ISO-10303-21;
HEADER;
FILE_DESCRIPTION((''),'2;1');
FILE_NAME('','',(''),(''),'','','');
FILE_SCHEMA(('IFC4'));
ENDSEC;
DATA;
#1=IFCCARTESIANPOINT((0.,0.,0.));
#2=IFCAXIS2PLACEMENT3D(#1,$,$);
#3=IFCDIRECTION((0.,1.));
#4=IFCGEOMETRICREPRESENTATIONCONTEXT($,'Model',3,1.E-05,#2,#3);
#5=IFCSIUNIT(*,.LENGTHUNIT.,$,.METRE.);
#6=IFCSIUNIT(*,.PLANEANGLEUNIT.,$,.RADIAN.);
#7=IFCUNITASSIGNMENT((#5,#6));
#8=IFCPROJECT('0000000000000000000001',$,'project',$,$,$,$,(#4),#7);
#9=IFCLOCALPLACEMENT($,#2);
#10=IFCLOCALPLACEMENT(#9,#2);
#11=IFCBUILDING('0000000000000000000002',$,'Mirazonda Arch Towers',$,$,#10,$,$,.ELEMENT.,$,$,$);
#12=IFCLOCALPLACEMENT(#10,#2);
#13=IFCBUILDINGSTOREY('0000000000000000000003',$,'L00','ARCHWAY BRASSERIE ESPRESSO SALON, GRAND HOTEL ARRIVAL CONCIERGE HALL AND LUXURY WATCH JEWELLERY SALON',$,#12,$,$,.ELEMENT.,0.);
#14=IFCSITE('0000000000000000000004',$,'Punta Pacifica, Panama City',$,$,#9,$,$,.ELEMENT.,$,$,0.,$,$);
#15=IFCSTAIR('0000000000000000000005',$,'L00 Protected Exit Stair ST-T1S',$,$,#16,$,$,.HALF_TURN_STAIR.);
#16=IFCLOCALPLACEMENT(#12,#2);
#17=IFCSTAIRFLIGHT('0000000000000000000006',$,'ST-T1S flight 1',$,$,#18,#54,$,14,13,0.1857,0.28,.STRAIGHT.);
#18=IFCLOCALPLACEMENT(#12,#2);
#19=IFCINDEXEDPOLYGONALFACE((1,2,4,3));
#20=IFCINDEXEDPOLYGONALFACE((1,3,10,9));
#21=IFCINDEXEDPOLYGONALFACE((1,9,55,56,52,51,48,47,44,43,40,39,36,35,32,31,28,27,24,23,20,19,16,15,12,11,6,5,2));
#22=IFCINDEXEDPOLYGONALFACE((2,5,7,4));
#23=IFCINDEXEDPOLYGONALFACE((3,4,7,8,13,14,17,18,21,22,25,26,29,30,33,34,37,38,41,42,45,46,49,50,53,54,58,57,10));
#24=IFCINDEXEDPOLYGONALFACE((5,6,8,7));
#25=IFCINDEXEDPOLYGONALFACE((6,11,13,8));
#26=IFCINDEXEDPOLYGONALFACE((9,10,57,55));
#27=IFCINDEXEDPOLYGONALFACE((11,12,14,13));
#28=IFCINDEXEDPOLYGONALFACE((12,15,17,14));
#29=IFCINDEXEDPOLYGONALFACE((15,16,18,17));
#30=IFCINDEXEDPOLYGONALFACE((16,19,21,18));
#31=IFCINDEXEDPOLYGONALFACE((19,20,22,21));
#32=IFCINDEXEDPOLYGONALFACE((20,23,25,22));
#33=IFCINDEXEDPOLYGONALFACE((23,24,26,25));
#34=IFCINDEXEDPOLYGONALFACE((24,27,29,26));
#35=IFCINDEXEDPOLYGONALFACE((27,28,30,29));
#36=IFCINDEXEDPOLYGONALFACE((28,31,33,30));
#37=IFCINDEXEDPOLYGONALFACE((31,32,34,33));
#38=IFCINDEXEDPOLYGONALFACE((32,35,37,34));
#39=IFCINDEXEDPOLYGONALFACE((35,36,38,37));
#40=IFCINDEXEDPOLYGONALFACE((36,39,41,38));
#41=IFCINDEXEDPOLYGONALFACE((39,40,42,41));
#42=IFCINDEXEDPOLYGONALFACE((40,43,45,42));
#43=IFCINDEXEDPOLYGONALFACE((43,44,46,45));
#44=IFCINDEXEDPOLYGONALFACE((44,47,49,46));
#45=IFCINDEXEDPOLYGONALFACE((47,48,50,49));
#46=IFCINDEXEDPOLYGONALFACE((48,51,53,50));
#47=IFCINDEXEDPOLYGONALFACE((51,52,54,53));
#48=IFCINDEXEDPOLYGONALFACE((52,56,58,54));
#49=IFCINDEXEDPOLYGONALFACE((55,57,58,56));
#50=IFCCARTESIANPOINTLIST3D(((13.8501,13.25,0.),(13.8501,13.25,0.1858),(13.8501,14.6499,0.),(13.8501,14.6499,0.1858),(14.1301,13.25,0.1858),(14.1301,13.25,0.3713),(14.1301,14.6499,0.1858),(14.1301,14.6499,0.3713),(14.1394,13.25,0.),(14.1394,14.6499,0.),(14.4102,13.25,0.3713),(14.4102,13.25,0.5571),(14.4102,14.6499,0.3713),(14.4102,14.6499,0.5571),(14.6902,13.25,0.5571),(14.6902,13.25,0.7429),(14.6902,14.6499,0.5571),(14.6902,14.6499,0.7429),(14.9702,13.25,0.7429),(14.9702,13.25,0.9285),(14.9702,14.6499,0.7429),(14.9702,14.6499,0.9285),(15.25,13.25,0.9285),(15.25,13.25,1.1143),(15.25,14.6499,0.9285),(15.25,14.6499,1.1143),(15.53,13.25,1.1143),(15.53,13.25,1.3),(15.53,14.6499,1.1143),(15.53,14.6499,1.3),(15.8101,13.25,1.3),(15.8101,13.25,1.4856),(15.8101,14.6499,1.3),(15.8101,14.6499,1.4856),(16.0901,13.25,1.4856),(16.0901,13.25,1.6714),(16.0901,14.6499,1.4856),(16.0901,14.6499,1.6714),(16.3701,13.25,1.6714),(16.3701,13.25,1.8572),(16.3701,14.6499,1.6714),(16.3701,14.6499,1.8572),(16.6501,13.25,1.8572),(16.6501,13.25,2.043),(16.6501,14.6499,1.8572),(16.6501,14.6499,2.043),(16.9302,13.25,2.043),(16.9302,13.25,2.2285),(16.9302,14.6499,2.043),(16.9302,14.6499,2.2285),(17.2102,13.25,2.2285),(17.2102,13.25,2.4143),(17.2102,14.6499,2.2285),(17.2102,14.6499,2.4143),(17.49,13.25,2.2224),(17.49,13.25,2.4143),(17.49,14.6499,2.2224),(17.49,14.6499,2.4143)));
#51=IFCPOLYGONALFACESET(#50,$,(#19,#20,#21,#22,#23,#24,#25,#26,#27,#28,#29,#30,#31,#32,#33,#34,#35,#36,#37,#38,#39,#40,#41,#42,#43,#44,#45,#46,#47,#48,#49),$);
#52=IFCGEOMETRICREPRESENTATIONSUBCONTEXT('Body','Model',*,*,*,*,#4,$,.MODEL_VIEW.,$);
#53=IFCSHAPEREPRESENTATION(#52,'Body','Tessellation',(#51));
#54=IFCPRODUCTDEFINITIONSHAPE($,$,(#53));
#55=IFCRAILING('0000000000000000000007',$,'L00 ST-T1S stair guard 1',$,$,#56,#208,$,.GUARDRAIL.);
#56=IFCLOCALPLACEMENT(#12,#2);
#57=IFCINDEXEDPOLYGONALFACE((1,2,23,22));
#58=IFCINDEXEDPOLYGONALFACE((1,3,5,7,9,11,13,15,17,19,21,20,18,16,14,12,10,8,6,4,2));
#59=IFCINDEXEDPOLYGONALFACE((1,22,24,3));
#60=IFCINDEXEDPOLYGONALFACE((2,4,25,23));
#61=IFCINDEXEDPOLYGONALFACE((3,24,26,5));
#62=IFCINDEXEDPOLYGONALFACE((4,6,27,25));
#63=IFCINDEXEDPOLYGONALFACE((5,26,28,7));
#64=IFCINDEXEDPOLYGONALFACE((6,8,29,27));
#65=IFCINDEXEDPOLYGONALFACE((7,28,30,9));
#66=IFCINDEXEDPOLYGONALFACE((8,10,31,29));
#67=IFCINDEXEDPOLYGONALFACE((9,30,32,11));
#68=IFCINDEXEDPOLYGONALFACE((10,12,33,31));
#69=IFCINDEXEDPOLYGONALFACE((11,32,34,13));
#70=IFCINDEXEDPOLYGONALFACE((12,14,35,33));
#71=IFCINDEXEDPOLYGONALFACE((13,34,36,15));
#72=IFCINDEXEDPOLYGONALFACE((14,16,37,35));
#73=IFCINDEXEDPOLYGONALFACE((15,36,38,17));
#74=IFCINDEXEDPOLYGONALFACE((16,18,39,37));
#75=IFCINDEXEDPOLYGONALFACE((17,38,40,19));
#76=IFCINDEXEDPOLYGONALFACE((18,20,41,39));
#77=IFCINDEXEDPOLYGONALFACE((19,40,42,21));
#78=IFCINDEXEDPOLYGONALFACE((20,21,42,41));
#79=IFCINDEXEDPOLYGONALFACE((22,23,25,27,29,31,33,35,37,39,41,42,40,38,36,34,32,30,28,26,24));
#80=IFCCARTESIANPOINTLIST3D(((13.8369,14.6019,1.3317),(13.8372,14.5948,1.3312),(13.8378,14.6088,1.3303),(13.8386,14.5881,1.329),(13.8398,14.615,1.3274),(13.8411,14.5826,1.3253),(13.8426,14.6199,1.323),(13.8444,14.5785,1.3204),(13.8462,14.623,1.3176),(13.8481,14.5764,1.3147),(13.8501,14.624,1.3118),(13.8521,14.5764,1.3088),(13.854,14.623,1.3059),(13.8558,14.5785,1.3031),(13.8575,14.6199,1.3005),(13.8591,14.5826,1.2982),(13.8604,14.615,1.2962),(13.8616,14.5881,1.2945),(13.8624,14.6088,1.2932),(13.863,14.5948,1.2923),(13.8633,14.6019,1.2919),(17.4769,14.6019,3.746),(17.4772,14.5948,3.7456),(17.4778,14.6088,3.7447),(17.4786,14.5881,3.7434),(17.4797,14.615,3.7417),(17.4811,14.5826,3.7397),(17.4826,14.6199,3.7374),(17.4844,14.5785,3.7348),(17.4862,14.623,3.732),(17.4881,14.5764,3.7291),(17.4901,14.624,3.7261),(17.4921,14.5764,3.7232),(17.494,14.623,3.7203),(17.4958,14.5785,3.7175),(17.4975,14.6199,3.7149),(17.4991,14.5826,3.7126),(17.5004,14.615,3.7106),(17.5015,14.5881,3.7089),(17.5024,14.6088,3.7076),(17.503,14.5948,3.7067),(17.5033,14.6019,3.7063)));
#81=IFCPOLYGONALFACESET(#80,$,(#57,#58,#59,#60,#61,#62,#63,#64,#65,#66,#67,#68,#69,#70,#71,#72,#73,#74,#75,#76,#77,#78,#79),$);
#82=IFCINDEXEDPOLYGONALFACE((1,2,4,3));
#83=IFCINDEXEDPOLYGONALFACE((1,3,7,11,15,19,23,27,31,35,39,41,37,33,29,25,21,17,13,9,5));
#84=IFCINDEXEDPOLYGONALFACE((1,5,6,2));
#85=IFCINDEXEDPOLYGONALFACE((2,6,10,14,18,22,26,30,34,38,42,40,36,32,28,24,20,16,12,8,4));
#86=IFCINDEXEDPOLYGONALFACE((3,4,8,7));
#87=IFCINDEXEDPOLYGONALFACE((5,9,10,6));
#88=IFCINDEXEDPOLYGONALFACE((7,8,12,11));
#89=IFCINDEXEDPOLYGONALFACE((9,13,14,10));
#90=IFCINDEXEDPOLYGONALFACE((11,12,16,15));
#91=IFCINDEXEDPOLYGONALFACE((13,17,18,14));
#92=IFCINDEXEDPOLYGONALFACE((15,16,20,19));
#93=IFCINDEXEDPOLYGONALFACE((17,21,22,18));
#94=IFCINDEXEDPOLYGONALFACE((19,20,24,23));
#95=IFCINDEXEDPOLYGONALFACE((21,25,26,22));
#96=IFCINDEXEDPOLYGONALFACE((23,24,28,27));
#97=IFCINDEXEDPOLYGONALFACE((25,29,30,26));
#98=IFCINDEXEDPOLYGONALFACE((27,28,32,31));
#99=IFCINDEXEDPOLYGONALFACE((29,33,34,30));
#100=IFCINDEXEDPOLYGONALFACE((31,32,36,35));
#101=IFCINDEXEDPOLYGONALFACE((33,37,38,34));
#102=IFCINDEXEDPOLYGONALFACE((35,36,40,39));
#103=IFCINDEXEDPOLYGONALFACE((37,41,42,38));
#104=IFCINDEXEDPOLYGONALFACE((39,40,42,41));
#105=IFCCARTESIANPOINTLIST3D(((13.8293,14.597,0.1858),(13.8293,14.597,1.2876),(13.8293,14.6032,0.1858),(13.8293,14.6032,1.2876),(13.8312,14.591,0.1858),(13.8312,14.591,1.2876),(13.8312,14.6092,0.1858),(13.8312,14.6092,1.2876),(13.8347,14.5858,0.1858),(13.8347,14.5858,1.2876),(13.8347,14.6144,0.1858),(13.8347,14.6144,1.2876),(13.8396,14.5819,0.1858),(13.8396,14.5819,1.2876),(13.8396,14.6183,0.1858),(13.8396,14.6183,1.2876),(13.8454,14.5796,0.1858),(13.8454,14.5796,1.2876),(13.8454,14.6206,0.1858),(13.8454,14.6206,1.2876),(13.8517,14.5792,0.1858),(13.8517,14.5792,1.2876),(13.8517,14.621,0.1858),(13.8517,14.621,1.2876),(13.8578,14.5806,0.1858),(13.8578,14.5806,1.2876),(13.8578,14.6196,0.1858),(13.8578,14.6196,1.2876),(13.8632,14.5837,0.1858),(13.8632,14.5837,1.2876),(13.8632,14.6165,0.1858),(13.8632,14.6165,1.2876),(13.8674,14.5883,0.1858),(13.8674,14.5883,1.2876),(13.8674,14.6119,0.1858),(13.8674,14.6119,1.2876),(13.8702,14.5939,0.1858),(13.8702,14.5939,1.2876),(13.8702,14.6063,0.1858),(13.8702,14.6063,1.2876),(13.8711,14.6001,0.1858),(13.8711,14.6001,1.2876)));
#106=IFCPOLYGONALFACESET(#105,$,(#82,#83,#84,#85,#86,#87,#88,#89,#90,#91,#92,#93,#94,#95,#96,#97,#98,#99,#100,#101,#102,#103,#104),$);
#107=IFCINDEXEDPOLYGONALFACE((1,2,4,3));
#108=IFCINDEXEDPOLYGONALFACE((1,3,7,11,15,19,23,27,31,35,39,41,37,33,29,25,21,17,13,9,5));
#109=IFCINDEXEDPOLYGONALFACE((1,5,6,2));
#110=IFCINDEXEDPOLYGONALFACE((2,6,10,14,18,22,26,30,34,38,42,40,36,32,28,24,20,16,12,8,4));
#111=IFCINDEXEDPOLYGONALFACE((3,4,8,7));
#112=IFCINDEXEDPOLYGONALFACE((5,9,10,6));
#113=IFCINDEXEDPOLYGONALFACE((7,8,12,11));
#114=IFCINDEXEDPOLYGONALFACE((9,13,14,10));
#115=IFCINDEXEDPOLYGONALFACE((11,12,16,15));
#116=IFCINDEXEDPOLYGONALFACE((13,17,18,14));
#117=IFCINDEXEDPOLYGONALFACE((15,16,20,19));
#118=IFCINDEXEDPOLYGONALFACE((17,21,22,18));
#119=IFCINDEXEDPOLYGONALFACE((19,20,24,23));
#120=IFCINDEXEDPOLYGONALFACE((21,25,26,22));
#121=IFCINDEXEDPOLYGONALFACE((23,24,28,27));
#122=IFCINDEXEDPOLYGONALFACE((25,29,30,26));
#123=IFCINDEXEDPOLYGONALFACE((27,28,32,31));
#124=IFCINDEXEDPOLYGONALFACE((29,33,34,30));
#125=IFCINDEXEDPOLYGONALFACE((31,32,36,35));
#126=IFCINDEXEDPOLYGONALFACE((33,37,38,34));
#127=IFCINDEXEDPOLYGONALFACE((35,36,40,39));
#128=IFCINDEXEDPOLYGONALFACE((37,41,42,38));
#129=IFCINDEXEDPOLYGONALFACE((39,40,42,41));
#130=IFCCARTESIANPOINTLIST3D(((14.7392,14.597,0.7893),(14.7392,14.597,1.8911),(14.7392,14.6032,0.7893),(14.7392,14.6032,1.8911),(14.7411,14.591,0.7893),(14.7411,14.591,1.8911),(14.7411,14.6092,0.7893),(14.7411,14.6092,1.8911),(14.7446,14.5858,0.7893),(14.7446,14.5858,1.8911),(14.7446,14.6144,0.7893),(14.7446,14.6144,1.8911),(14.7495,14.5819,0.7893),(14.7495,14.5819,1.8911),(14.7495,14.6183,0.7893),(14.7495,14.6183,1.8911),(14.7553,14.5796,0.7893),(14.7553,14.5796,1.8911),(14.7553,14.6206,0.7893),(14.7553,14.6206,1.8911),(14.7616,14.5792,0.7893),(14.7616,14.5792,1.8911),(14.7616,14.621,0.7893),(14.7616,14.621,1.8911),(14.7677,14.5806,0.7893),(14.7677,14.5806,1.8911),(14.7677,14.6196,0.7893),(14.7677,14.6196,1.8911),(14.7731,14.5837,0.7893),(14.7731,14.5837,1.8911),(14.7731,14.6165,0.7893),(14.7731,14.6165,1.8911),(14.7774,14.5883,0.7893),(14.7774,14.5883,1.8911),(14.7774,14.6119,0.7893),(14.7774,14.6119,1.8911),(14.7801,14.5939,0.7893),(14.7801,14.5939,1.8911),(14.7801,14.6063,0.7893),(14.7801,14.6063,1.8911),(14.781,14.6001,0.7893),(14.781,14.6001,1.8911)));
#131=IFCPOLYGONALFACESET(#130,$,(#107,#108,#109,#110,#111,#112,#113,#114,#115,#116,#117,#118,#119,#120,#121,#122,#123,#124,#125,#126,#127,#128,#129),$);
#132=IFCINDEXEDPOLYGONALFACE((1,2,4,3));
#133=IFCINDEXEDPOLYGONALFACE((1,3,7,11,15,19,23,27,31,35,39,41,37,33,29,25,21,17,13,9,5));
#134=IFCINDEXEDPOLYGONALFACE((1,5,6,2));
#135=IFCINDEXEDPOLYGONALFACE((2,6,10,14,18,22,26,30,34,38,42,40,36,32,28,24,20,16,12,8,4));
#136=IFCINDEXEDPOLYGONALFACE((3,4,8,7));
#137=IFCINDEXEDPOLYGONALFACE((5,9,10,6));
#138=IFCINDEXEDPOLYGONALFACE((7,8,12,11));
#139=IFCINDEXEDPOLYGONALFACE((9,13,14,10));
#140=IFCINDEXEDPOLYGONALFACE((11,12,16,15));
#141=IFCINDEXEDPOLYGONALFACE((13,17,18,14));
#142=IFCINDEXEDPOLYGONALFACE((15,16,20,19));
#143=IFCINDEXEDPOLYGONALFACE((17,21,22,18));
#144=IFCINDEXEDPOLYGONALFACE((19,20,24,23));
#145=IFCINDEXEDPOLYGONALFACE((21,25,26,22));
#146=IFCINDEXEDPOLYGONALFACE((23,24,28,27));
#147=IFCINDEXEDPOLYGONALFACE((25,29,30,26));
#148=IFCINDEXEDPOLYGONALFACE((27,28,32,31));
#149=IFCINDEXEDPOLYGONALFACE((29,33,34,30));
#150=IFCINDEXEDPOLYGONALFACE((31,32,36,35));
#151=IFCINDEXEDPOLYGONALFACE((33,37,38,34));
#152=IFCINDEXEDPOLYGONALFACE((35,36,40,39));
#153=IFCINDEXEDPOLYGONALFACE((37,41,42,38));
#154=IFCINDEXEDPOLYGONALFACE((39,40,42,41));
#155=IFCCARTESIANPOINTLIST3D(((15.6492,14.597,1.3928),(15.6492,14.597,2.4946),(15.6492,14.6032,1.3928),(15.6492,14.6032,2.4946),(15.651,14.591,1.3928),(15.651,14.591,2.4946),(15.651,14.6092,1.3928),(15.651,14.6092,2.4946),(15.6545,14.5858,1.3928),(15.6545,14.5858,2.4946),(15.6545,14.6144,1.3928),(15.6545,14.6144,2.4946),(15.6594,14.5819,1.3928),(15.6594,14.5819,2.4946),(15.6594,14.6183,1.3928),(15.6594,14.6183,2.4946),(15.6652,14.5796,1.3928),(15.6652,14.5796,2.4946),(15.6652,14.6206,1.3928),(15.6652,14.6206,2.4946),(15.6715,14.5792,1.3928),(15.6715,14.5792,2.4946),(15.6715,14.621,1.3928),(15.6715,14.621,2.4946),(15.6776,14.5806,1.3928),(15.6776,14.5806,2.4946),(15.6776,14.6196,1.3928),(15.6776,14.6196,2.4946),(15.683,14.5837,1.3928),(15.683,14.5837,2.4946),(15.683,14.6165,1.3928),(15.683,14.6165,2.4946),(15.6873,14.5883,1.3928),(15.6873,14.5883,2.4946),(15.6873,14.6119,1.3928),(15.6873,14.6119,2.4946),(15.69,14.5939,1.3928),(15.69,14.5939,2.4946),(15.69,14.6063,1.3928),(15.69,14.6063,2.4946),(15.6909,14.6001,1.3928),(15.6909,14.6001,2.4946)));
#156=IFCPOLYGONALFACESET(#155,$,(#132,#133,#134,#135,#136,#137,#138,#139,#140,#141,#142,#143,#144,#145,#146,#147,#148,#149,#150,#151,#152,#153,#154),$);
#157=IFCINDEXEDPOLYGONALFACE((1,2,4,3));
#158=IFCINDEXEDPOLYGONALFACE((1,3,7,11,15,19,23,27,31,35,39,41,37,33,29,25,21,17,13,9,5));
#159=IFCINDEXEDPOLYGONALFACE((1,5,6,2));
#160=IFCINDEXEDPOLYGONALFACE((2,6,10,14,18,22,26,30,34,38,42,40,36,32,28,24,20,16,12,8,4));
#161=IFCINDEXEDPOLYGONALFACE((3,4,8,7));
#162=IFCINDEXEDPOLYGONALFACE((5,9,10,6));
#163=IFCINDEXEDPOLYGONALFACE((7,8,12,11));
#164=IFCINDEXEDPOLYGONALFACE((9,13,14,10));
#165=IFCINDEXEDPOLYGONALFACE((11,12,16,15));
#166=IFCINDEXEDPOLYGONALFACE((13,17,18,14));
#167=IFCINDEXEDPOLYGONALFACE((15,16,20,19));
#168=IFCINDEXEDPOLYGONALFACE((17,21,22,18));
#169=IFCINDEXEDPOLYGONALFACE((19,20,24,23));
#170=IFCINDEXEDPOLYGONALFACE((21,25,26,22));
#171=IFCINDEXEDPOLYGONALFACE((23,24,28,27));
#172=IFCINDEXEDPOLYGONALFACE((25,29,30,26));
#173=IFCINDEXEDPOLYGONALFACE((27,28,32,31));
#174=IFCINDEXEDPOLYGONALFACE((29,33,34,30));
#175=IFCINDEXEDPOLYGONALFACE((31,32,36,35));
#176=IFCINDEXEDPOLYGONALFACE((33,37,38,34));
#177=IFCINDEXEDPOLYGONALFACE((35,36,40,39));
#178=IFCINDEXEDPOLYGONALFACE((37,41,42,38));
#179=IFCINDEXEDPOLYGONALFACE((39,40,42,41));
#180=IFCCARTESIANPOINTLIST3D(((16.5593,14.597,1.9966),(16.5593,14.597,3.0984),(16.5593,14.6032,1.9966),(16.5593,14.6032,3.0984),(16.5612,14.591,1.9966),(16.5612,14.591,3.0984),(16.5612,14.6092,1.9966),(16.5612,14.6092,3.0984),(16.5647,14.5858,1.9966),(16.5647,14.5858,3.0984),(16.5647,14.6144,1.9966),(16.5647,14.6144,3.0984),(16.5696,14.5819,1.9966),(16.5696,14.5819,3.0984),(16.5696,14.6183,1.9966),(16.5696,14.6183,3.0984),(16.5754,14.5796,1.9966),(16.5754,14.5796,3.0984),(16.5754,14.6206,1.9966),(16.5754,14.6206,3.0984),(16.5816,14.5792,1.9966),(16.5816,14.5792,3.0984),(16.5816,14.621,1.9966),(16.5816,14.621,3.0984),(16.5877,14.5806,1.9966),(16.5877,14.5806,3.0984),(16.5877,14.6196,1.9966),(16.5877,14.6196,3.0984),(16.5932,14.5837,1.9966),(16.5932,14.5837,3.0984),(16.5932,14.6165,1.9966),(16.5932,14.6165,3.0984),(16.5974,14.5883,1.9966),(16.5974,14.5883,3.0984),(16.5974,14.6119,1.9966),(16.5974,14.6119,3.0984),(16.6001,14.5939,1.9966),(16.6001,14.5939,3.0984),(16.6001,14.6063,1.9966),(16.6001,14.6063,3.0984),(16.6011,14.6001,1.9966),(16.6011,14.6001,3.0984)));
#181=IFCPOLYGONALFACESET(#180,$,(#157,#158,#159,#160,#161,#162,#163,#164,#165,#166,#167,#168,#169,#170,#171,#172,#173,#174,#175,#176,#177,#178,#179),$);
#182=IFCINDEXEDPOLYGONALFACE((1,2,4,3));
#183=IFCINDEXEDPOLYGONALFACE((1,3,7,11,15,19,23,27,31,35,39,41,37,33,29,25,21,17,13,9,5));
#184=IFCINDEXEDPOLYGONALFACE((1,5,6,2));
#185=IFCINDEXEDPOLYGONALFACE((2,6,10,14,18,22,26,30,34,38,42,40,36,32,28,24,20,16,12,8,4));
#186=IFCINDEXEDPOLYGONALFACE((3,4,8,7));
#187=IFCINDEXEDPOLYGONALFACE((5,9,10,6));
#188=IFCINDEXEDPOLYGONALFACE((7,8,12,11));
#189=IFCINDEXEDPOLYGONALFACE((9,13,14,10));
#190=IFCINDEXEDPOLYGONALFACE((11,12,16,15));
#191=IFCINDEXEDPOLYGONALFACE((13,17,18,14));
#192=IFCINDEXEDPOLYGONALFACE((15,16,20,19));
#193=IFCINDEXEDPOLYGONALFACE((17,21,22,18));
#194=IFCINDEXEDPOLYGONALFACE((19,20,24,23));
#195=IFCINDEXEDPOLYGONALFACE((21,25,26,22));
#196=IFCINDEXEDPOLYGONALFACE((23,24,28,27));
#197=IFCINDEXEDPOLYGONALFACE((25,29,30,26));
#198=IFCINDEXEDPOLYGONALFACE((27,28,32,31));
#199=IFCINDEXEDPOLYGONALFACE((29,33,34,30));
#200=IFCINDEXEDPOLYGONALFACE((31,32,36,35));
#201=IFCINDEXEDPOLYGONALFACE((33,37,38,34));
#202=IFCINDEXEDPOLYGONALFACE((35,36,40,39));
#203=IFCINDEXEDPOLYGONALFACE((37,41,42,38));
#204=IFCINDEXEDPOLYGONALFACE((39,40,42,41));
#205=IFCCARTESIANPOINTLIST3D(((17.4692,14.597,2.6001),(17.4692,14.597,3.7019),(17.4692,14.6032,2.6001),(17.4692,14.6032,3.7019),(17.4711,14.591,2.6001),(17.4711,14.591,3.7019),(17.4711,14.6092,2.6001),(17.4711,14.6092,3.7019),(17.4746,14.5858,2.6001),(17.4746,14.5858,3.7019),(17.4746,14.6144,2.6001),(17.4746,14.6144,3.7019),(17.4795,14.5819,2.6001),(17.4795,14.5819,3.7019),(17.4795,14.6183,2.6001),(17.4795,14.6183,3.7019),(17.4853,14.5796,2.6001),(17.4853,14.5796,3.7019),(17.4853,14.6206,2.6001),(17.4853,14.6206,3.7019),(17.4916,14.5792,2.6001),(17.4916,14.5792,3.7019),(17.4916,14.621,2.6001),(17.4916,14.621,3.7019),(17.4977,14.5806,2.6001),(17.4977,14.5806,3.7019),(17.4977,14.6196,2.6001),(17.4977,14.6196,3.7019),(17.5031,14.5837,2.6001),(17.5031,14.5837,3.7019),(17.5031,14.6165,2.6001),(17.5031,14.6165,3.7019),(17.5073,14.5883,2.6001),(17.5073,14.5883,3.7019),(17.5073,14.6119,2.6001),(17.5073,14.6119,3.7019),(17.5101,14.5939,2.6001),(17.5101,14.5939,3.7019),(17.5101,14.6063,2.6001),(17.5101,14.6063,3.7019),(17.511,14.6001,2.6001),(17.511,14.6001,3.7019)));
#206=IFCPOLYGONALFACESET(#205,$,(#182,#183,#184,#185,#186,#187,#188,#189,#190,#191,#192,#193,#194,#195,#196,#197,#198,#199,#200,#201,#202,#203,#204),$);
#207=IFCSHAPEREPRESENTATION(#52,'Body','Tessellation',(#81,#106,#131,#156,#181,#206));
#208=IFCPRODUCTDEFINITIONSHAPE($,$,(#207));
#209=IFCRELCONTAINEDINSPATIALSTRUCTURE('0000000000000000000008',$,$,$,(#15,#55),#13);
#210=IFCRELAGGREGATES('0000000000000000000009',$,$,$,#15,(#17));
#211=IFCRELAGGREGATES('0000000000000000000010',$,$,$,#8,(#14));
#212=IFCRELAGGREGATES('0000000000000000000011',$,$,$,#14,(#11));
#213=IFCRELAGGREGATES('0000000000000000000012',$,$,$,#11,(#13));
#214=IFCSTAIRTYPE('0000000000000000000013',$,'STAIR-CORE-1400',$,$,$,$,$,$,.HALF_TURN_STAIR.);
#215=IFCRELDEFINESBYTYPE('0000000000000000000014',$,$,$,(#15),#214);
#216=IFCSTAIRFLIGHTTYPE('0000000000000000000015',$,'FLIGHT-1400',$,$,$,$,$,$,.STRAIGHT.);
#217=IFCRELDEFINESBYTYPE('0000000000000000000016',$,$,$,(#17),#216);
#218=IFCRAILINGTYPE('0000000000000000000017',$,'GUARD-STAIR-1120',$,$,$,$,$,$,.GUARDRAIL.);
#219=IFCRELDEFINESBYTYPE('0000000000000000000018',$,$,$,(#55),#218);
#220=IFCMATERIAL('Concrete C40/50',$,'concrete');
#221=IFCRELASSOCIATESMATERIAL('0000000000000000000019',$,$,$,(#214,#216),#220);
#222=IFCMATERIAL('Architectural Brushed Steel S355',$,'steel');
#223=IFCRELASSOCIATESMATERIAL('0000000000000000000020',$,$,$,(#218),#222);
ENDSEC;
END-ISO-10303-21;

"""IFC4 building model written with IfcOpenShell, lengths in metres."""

from ifc_helpers import new_model, si_unit, direction, frame, origin, origin_2d, place, context, subcontext, project, spatial, polyline, circle, outline, extrude, material, type_object, element, aggregate, save


model = new_model("IFC4")

# Units and contexts
model_context = context("Model", 3, precision=1e-05, world=origin(), true_north=direction((0.0, 1.0)))
body_context = subcontext(model_context, "Body", "Model", "MODEL_VIEW")
ifc_project = project(units=[si_unit("LENGTHUNIT", "METRE"), si_unit("PLANEANGLEUNIT", "RADIAN")], contexts=[model_context])

# Site, building, storey
site_placement = place(None, origin())
site = spatial("IfcSite", under=ifc_project, at=site_placement, Name="Punta Pacifica, Panama City", CompositionType="ELEMENT", RefElevation=0.0)
building_placement = place(site_placement, origin())
building = spatial("IfcBuilding", under=site, at=building_placement, Name="Mirazonda Arch Towers", CompositionType="ELEMENT")
storey_placement = place(building_placement, origin())
storey = spatial("IfcBuildingStorey", under=building, at=storey_placement, Name="L00", Description="ARCHWAY BRASSERIE ESPRESSO SALON, GRAND HOTEL ARRIVAL CONCIERGE HALL AND LUXURY WATCH JEWELLERY SALON", CompositionType="ELEMENT", Elevation=0.0)

# Shared definitions
ifc_material_1 = material(Name="Architectural Brushed Steel S355", Category="steel")

# Shared definitions
ifc_material_2 = material(Name="Concrete C40/50", Category="concrete")

# Stair, stair flight
stair_type = type_object("IfcStairType", Name="STAIR-CORE-1400", PredefinedType="HALF_TURN_STAIR", material=ifc_material_2)
stair_placement = place(storey_placement, origin())
stair = element("IfcStair", 1, at=stair_placement, inside=storey, type_object=stair_type, Name="L00 Protected Exit Stair ST-T1S", PredefinedType="HALF_TURN_STAIR")
stair_flight_type = type_object("IfcStairFlightType", Name="FLIGHT-1400", PredefinedType="STRAIGHT", material=ifc_material_2)
stair_flight_placement = place(storey_placement, frame((13.8501, 13.95, 0.0), z_axis=(0.0, 0.0, 1.0), x_axis=(1.0, 0.0, 0.0)))
stair_flight = element("IfcStairFlight", 2, at=stair_flight_placement, type_object=stair_flight_type, Name="ST-T1S flight 1", NumberOfRisers=14, NumberOfTreads=13, PredefinedType="STRAIGHT", RiserHeight=0.1857, TreadLength=0.28, context=body_context, shape_type="SweptSolid", body=[
    extrude(outline(polyline([(0.0, 0.0), (0.0, 0.1858), (0.28, 0.1858), (0.28, 0.3713), (0.5601, 0.3713), (0.5601, 0.5571), (0.8401, 0.5571), (0.8401, 0.7429), (1.1201, 0.7429), (1.1201, 0.9285), (1.3999, 0.9285), (1.3999, 1.1143), (1.6799, 1.1143), (1.6799, 1.3), (1.96, 1.3), (1.96, 1.4856), (2.24, 1.4856), (2.24, 1.6714), (2.52, 1.6714), (2.52, 1.8572), (2.8, 1.8572), (2.8, 2.043), (3.0801, 2.043), (3.0801, 2.2285), (3.3601, 2.2285), (3.3601, 2.4143), (3.6399, 2.4143), (3.6399, 2.6001), (3.6399, 2.2224), (0.2893, 0.0), (0.0, 0.0)])), frame((0.0, 0.7, 0.0), z_axis=(0.0, -1.0, 0.0), x_axis=(1.0, 0.0, 0.0)), (0.0, 0.0, 1.0), 1.3999),
])
aggregate(stair, [stair_flight])

# Railing
railing_type_1 = type_object("IfcRailingType", Name="GUARD-STAIR-1120", PredefinedType="GUARDRAIL", material=ifc_material_1)
railing_1_placement = place(storey_placement, frame((13.8501, 14.6001, 0.1858)))
element("IfcRailing", 3, at=railing_1_placement, inside=storey, type_object=railing_type_1, Name="L00 ST-T1S stair guard 1", PredefinedType="GUARDRAIL", context=body_context, shape_type="SweptSolid", body=[
    extrude(circle(Radius=0.0239, at=origin_2d()), frame((0.0, 0.0, 1.126), z_axis=(0.833347, 0.0, 0.552751), x_axis=(0.0, 1.0, 0.0)), (0.0, 0.0, 1.0), 4.3679),
    extrude(circle(Radius=0.021, at=origin_2d()), origin(), (0.0, 0.0, 1.0), 1.1018),
    extrude(circle(Radius=0.021, at=origin_2d()), frame((0.9099, 0.0, 0.6035)), (0.0, 0.0, 1.0), 1.1018),
    extrude(circle(Radius=0.021, at=origin_2d()), frame((1.8198, 0.0, 1.207)), (0.0, 0.0, 1.0), 1.1018),
    extrude(circle(Radius=0.021, at=origin_2d()), frame((2.73, 0.0, 1.8108)), (0.0, 0.0, 1.0), 1.1018),
    extrude(circle(Radius=0.021, at=origin_2d()), frame((3.6399, 0.0, 2.4143)), (0.0, 0.0, 1.0), 1.1018),
])

save(model, "model.ifc")
